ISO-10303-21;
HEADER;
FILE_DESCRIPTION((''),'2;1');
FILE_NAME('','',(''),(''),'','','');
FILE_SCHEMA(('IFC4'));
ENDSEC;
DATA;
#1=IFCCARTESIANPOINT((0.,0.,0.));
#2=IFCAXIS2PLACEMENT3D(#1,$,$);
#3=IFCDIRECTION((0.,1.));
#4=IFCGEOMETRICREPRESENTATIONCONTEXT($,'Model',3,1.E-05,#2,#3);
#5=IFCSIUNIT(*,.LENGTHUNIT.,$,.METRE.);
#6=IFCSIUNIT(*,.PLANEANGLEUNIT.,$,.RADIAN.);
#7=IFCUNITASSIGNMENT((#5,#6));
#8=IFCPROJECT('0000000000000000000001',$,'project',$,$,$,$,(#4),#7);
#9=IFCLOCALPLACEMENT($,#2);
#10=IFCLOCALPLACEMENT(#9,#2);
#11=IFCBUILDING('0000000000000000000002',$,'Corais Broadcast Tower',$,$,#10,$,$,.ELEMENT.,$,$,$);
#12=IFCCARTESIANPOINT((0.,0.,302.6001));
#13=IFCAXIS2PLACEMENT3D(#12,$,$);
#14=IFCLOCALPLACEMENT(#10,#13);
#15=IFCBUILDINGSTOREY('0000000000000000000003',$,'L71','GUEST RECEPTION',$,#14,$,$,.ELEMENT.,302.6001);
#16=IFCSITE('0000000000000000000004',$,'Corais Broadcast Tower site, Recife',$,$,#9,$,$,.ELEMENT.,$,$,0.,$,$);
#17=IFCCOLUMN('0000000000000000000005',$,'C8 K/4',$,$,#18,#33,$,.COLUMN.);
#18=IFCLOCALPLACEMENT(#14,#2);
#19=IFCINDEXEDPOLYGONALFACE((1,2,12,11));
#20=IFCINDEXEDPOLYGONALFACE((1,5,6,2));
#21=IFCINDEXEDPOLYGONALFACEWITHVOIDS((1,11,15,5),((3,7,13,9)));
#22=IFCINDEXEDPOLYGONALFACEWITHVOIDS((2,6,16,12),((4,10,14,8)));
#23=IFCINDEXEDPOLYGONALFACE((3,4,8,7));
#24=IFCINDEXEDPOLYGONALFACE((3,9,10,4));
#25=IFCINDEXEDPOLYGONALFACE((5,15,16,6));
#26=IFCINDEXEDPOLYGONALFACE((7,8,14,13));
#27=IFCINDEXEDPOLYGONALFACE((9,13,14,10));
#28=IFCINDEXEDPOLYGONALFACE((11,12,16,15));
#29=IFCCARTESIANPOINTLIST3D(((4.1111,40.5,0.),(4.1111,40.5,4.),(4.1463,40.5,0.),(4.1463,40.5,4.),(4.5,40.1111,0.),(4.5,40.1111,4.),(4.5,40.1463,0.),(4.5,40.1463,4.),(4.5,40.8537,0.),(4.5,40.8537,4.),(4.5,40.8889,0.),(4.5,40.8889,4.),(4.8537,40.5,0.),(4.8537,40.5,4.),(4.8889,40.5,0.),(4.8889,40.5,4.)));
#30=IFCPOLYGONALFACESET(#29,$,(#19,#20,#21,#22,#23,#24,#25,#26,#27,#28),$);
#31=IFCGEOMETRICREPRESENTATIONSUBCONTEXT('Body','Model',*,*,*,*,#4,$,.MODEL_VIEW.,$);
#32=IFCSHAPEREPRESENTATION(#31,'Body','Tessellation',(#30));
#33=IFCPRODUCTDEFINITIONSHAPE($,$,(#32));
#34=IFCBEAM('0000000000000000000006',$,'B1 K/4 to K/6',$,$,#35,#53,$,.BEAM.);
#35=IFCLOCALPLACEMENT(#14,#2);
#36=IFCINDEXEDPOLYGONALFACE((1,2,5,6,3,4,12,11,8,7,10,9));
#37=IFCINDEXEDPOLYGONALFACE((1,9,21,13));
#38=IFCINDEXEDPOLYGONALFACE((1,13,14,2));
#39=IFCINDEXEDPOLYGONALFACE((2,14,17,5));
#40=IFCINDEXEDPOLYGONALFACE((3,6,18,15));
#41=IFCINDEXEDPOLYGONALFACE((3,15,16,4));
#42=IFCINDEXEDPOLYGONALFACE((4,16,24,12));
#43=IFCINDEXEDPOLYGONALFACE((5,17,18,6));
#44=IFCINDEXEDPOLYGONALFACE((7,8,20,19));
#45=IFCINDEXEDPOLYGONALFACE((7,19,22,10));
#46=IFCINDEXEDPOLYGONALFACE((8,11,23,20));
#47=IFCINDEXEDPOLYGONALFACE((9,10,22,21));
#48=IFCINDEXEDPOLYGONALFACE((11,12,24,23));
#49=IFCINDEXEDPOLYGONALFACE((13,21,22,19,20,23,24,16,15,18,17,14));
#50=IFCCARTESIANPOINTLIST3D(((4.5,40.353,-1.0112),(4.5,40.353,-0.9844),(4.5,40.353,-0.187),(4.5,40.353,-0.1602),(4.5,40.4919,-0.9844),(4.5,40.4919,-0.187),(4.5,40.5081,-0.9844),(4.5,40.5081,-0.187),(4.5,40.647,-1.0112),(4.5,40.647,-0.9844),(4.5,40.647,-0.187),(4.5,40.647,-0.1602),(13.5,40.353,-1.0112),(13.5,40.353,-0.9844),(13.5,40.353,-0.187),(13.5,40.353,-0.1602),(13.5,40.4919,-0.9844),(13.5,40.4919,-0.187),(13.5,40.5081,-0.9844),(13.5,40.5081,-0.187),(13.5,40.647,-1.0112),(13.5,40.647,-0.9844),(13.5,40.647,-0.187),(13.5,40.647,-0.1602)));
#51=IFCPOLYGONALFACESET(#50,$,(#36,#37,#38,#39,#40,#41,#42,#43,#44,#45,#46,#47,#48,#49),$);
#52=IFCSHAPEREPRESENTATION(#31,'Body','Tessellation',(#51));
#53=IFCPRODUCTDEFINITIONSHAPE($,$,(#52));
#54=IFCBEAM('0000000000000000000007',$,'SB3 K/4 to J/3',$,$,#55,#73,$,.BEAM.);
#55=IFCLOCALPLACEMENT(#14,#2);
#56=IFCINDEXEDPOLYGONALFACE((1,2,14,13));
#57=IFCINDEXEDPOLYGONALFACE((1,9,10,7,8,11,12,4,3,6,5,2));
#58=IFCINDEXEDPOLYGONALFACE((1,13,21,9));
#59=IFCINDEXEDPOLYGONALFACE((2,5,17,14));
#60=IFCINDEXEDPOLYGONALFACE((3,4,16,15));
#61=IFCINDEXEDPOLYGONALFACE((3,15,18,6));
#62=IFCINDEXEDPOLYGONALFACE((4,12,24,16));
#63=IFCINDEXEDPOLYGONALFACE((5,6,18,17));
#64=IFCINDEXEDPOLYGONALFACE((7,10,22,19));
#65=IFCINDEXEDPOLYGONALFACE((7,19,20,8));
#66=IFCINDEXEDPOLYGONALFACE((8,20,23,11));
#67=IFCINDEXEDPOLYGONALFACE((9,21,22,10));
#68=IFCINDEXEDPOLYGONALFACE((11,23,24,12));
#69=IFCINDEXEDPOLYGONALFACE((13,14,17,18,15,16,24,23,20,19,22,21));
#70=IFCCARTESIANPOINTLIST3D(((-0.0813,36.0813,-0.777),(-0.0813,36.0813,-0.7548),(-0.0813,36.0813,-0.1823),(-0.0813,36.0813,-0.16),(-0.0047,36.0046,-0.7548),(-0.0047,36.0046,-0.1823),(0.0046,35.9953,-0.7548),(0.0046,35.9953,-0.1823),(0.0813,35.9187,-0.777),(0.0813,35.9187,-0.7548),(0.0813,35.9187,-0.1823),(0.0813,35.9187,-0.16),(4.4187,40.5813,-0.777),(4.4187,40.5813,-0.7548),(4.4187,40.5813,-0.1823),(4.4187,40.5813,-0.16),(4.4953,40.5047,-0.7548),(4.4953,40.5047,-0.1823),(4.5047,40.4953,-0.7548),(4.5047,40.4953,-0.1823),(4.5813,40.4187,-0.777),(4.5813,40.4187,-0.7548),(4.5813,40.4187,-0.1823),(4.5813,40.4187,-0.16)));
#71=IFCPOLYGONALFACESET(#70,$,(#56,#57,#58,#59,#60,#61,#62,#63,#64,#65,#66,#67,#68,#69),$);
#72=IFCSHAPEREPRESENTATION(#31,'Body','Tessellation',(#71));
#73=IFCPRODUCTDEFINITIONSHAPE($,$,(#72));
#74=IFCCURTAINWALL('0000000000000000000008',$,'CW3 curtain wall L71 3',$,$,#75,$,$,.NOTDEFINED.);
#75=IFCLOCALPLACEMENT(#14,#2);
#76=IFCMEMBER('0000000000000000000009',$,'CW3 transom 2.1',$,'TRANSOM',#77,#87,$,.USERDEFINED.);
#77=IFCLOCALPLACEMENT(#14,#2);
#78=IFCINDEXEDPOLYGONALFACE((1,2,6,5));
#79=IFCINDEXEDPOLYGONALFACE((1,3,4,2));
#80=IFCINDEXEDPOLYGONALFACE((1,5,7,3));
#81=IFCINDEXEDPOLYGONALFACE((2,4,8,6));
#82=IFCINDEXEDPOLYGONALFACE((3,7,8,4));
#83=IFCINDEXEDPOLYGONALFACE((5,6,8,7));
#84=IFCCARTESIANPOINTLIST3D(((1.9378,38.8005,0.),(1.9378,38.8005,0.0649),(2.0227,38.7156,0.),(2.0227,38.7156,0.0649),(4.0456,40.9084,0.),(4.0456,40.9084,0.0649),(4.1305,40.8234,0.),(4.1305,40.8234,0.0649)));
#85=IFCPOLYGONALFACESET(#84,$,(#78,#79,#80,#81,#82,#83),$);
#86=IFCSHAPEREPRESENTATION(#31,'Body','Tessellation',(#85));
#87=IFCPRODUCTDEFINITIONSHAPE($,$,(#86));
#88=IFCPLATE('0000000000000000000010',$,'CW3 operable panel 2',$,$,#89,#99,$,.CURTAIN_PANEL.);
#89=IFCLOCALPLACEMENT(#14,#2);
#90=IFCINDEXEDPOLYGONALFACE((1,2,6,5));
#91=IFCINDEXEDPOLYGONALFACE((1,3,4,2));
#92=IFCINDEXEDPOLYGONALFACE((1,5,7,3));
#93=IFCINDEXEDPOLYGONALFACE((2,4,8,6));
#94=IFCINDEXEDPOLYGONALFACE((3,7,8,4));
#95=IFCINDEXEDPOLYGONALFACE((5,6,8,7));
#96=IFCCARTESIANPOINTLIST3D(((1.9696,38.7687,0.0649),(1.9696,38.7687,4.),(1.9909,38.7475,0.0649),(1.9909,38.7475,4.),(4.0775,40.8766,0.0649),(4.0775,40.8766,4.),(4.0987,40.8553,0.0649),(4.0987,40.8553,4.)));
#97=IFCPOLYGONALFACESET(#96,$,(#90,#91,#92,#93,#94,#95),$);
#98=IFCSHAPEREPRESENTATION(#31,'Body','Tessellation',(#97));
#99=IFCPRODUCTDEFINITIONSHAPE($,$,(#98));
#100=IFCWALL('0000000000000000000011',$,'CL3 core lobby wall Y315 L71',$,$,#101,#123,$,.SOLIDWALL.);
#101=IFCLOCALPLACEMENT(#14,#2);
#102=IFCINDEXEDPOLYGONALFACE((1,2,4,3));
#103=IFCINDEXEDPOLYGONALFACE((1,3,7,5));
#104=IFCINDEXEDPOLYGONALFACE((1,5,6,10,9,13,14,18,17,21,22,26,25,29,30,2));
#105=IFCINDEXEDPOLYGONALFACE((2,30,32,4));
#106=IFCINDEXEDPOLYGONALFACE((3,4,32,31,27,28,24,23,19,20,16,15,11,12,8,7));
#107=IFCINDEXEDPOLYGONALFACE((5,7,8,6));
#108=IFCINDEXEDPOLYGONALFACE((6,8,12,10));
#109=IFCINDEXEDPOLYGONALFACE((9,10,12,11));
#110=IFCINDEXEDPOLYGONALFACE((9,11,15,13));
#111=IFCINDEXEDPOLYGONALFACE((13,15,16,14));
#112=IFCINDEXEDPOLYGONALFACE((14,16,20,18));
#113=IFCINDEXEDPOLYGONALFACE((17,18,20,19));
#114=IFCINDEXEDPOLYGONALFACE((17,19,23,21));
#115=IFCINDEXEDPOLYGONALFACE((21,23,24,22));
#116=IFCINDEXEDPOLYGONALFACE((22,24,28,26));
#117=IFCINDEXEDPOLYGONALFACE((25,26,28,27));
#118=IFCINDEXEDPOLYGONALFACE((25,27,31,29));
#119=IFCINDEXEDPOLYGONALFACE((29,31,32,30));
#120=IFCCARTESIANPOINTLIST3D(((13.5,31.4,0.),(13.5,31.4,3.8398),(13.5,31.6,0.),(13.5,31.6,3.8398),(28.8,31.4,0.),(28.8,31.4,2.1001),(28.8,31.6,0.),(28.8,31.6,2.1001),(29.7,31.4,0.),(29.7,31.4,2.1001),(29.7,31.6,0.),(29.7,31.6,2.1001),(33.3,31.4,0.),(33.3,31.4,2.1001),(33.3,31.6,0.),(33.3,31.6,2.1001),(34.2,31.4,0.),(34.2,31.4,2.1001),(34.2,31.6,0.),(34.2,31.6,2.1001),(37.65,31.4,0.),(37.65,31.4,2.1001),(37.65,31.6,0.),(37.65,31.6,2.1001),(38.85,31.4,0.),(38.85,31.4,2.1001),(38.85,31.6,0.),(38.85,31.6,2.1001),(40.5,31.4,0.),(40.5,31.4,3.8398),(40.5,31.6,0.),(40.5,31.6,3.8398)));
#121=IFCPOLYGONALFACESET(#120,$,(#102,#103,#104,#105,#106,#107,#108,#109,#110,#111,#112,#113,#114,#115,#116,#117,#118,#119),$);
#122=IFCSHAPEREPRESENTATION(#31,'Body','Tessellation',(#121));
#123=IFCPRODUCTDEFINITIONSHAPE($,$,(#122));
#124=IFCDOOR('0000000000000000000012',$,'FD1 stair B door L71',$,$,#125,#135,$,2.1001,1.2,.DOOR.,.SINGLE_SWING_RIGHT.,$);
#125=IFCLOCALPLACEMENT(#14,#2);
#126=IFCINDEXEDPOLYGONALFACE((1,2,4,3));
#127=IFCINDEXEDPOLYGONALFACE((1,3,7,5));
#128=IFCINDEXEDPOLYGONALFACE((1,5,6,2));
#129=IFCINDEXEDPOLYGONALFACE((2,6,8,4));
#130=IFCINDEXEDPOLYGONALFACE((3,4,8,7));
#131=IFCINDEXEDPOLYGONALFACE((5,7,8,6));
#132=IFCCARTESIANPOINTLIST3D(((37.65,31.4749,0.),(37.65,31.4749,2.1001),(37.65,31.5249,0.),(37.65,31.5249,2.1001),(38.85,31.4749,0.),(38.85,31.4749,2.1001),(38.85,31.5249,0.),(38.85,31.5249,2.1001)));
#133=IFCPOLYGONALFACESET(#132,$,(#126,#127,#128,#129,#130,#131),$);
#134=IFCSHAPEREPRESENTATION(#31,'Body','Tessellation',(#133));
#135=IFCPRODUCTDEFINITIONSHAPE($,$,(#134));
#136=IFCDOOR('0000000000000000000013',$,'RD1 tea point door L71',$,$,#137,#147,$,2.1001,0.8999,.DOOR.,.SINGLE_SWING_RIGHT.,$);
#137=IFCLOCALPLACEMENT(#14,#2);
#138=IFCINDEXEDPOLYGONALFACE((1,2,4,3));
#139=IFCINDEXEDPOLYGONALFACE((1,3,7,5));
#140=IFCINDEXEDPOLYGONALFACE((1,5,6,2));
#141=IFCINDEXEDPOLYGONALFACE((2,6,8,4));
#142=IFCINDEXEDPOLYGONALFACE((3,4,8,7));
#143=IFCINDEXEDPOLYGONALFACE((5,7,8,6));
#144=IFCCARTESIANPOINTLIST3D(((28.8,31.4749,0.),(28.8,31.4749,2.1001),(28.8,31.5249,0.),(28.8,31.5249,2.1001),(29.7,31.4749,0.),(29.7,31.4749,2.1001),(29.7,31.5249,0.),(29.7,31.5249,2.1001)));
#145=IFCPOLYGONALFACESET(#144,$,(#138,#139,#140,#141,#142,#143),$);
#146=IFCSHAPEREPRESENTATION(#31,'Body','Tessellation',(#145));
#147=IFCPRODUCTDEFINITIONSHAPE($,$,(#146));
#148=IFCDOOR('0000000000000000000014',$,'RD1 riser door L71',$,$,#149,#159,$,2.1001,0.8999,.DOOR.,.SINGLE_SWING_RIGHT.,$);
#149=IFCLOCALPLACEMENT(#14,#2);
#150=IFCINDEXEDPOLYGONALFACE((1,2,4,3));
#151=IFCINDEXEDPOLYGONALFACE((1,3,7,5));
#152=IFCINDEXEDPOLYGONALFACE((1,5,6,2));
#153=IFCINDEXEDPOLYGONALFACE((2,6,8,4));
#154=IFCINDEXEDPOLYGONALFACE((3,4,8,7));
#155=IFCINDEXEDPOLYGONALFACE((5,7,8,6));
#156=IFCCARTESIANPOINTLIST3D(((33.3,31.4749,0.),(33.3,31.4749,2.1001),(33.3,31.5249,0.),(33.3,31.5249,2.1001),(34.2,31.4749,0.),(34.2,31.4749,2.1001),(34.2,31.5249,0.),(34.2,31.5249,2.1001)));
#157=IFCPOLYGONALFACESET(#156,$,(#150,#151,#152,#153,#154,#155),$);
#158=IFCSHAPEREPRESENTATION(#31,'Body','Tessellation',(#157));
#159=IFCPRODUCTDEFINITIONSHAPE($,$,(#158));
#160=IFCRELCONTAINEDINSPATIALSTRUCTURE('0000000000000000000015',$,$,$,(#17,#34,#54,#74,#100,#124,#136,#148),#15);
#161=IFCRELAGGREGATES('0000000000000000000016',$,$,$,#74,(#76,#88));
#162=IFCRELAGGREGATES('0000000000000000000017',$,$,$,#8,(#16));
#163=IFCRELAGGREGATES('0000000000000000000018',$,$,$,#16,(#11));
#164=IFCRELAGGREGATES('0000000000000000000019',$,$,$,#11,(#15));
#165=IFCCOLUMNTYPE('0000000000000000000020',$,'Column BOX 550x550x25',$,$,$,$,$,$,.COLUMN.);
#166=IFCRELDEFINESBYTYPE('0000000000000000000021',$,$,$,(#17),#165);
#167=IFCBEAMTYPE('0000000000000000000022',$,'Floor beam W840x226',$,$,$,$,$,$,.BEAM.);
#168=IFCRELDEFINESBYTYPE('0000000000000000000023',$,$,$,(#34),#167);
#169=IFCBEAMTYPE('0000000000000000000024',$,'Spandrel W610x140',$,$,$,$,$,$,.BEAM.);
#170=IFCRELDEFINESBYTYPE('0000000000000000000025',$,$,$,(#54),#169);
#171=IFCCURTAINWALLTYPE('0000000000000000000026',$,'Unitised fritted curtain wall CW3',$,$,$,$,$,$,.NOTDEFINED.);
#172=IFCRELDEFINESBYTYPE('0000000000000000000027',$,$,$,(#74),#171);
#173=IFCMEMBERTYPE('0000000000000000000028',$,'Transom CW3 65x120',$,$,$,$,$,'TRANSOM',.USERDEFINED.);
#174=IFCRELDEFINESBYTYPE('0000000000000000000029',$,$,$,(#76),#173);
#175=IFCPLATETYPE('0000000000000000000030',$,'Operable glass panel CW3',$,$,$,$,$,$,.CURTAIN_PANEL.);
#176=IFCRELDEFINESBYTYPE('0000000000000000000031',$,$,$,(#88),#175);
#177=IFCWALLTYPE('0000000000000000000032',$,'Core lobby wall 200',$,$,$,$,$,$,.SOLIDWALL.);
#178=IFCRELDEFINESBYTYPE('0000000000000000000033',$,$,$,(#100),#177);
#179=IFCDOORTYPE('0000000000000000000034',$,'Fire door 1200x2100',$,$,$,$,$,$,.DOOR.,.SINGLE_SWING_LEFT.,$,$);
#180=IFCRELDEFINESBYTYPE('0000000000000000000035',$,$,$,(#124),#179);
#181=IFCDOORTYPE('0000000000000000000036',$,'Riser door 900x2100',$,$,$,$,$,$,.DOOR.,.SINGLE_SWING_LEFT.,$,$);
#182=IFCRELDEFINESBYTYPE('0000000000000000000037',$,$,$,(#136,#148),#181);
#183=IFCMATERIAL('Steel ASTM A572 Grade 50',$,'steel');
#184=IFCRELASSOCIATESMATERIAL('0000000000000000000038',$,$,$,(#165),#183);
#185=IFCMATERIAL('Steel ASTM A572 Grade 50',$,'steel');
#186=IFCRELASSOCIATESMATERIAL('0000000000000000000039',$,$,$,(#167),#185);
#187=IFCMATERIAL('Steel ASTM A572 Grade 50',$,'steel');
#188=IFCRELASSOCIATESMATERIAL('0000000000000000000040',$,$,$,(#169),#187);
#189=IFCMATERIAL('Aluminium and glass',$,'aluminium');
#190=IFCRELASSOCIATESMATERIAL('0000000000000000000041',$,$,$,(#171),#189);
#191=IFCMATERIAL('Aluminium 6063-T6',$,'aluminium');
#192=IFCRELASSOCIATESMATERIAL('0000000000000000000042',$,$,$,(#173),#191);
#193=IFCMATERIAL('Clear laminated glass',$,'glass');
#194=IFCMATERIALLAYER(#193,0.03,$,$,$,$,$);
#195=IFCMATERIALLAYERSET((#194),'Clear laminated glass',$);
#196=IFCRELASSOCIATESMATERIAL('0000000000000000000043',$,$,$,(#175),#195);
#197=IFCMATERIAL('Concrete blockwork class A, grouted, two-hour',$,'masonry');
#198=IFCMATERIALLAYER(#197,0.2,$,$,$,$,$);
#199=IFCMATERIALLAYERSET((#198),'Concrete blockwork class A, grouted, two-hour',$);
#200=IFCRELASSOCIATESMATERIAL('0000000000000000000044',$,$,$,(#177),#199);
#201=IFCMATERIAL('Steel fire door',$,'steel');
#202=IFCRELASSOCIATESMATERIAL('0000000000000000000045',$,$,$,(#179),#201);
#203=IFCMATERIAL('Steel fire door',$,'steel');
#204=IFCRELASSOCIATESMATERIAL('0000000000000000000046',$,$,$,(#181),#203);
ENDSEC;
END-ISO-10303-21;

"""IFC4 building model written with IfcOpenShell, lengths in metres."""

from ifc_helpers import new_model, si_unit, direction, frame, frame_2d, origin, origin_2d, place, context, subcontext, project, spatial, rectangle, hollow_rectangle, i_section, extrude, material, layer, layer_set, material_profile, profile_set, type_object, element, fill, aggregate, save


model = new_model("IFC4")

# Units and contexts
model_context = context("Model", 3, precision=1e-05, world=origin(), true_north=direction((0.0, 1.0)))
body_context = subcontext(model_context, "Body", "Model", "MODEL_VIEW")
ifc_project = project(units=[si_unit("LENGTHUNIT", "METRE"), si_unit("PLANEANGLEUNIT", "RADIAN")], contexts=[model_context])

# Site, building, storey
site_placement = place(None, origin())
site = spatial("IfcSite", under=ifc_project, at=site_placement, Name="Corais Broadcast Tower site, Recife", CompositionType="ELEMENT", RefElevation=0.0)
building_placement = place(site_placement, origin())
building = spatial("IfcBuilding", under=site, at=building_placement, Name="Corais Broadcast Tower", CompositionType="ELEMENT")
storey_placement = place(building_placement, frame((0.0, 0.0, 302.6001)))
storey = spatial("IfcBuildingStorey", under=building, at=storey_placement, Name="L71", Description="GUEST RECEPTION", CompositionType="ELEMENT", Elevation=302.6001)

# Column
ifc_material_1 = material(Name="Steel ASTM A572 Grade 50", Category="steel")
ifc_material_profile_1 = material_profile(ifc_material_1, hollow_rectangle(XDim=0.55, YDim=0.55, WallThickness=0.0249, at=origin_2d()), Name="BOX 550x550x25")
ifc_profile_set_1 = profile_set([ifc_material_profile_1], Name="Steel ASTM A572 Grade 50")
column_type = type_object("IfcColumnType", Name="Column BOX 550x550x25", PredefinedType="COLUMN", material=ifc_profile_set_1)
column_placement = place(storey_placement, frame((4.5, 40.5, 0.0), z_axis=(0.0, 0.0, 1.0), x_axis=(0.707107, 0.707107, 0.0)))
element("IfcColumn", 1, at=column_placement, inside=storey, type_object=column_type, Name="C8 K/4", PredefinedType="COLUMN", context=body_context, shape_type="SweptSolid", body=[
    extrude(hollow_rectangle(XDim=0.55, YDim=0.55, WallThickness=0.0249, at=origin_2d()), origin(), (0.0, 0.0, 1.0), 4.0),
])

# Beams
ifc_material_2 = material(Name="Steel ASTM A572 Grade 50", Category="steel")
ifc_material_profile_2 = material_profile(ifc_material_2, i_section(OverallWidth=0.2939, OverallDepth=0.8511, WebThickness=0.0161, FlangeThickness=0.0269, at=origin_2d()), Name="W840x226")
ifc_profile_set_2 = profile_set([ifc_material_profile_2], Name="Steel ASTM A572 Grade 50")
beam_type_1 = type_object("IfcBeamType", Name="Floor beam W840x226", PredefinedType="BEAM", material=ifc_profile_set_2)
beam_1_placement = place(storey_placement, frame((4.5, 40.5, -0.5857), z_axis=(1.0, 0.0, 0.0), x_axis=(0.0, 1.0, 0.0)))
element("IfcBeam", 2, at=beam_1_placement, inside=storey, type_object=beam_type_1, Name="B1 K/4 to K/6", PredefinedType="BEAM", context=body_context, shape_type="SweptSolid", body=[
    extrude(i_section(OverallWidth=0.2939, OverallDepth=0.8511, WebThickness=0.0161, FlangeThickness=0.0269, at=origin_2d()), origin(), (0.0, 0.0, 1.0), 9.0),
])
ifc_material_3 = material(Name="Steel ASTM A572 Grade 50", Category="steel")
ifc_material_profile_3 = material_profile(ifc_material_3, i_section(OverallWidth=0.23, OverallDepth=0.6169, WebThickness=0.0132, FlangeThickness=0.0222, at=origin_2d()), Name="W610x140")
ifc_profile_set_3 = profile_set([ifc_material_profile_3], Name="Steel ASTM A572 Grade 50")
beam_type_2 = type_object("IfcBeamType", Name="Spandrel W610x140", PredefinedType="BEAM", material=ifc_profile_set_3)
beam_2_placement = place(storey_placement, frame((4.5, 40.5, -0.4685), z_axis=(-0.707107, -0.707107, 0.0), x_axis=(0.707107, -0.707107, 0.0)))
element("IfcBeam", 3, at=beam_2_placement, inside=storey, type_object=beam_type_2, Name="SB3 K/4 to J/3", PredefinedType="BEAM", context=body_context, shape_type="SweptSolid", body=[
    extrude(i_section(OverallWidth=0.23, OverallDepth=0.6169, WebThickness=0.0132, FlangeThickness=0.0222, at=origin_2d()), origin(), (0.0, 0.0, 1.0), 6.364),
])

# Curtain wall, member, plate
ifc_material_4 = material(Name="Aluminium and glass", Category="aluminium")
curtain_wall_type = type_object("IfcCurtainWallType", Name="Unitised fritted curtain wall CW3", PredefinedType="NOTDEFINED", material=ifc_material_4)
curtain_wall_placement = place(storey_placement, origin())
curtain_wall = element("IfcCurtainWall", 4, at=curtain_wall_placement, inside=storey, type_object=curtain_wall_type, Name="CW3 curtain wall L71 3", PredefinedType="NOTDEFINED")
ifc_material_5 = material(Name="Aluminium 6063-T6", Category="aluminium")
ifc_material_profile_4 = material_profile(ifc_material_5, rectangle(XDim=0.1201, YDim=0.0649, at=origin_2d()), Name="Transom CW3 65x120")
ifc_profile_set_4 = profile_set([ifc_material_profile_4], Name="Aluminium 6063-T6")
member_type = type_object("IfcMemberType", Name="Transom CW3 65x120", ElementType="TRANSOM", PredefinedType="USERDEFINED", material=ifc_profile_set_4)
member_placement = place(storey_placement, frame((1.9802, 38.7581, 0.0325), z_axis=(0.707107, 0.707107, 0.0), x_axis=(-0.707107, 0.707107, 0.0)))
member = element("IfcMember", 5, at=member_placement, type_object=member_type, Name="CW3 transom 2.1", ObjectType="TRANSOM", PredefinedType="USERDEFINED", context=body_context, shape_type="SweptSolid", body=[
    extrude(rectangle(XDim=0.1201, YDim=0.0649, at=origin_2d()), origin(), (0.0, 0.0, 1.0), 2.981),
])
ifc_material_6 = material(Name="Clear laminated glass", Category="glass")
ifc_layer_1 = layer(ifc_material_6, 0.03)
ifc_layer_set_1 = layer_set([ifc_layer_1], Name="Clear laminated glass")
plate_type = type_object("IfcPlateType", Name="Operable glass panel CW3", PredefinedType="CURTAIN_PANEL", material=ifc_layer_set_1)
plate_placement = place(storey_placement, frame((3.0342, 39.812, 0.0649), z_axis=(0.0, 0.0, 1.0), x_axis=(0.707107, 0.707107, 0.0)))
plate = element("IfcPlate", 6, at=plate_placement, type_object=plate_type, Name="CW3 operable panel 2", PredefinedType="CURTAIN_PANEL", context=body_context, shape_type="SweptSolid", body=[
    extrude(rectangle(XDim=2.981, YDim=0.03, at=origin_2d()), origin(), (0.0, 0.0, 1.0), 3.9351),
])
aggregate(curtain_wall, [member, plate])

# Wall, openings, doors
ifc_material_7 = material(Name="Concrete blockwork class A, grouted, two-hour", Category="masonry")
ifc_layer_2 = layer(ifc_material_7, 0.2)
ifc_layer_set_2 = layer_set([ifc_layer_2], Name="Concrete blockwork class A, grouted, two-hour")
wall_type_1 = type_object("IfcWallType", Name="Core lobby wall 200", PredefinedType="SOLIDWALL", material=ifc_layer_set_2)
wall_1_placement = place(storey_placement, frame((13.5, 31.5, 0.0), z_axis=(0.0, 0.0, 1.0), x_axis=(1.0, 0.0, 0.0)))
wall_1 = element("IfcWall", 7, at=wall_1_placement, inside=storey, type_object=wall_type_1, Name="CL3 core lobby wall Y315 L71", PredefinedType="SOLIDWALL", context=body_context, shape_type="SweptSolid", body=[
    extrude(rectangle(XDim=27.0, YDim=0.2, at=frame_2d((13.5, 0.0))), origin(), (0.0, 0.0, 1.0), 3.8398),
])
opening_1_placement = place(wall_1_placement, frame((24.1499, 0.0, 0.0)))
opening_1 = element("IfcOpeningElement", 8, at=opening_1_placement, cuts=wall_1, PredefinedType="OPENING", context=body_context, shape_type="SweptSolid", body=[
    extrude(rectangle(XDim=1.2, YDim=2.1001, at=frame_2d((0.6001, 1.05))), frame((0.0, 0.1099, 0.0), z_axis=(0.0, -1.0, 0.0), x_axis=(1.0, 0.0, 0.0)), (0.0, 0.0, 1.0), 0.22),
])
opening_2_placement = place(wall_1_placement, frame((15.3, 0.0, 0.0)))
opening_2 = element("IfcOpeningElement", 9, at=opening_2_placement, cuts=wall_1, PredefinedType="OPENING", context=body_context, shape_type="SweptSolid", body=[
    extrude(rectangle(XDim=0.8999, YDim=2.1001, at=frame_2d((0.45, 1.05))), frame((0.0, 0.1099, 0.0), z_axis=(0.0, -1.0, 0.0), x_axis=(1.0, 0.0, 0.0)), (0.0, 0.0, 1.0), 0.22),
])
opening_3_placement = place(wall_1_placement, frame((19.8, 0.0, 0.0)))
opening_3 = element("IfcOpeningElement", 10, at=opening_3_placement, cuts=wall_1, PredefinedType="OPENING", context=body_context, shape_type="SweptSolid", body=[
    extrude(rectangle(XDim=0.8999, YDim=2.1001, at=frame_2d((0.45, 1.05))), frame((0.0, 0.1099, 0.0), z_axis=(0.0, -1.0, 0.0), x_axis=(1.0, 0.0, 0.0)), (0.0, 0.0, 1.0), 0.22),
])
ifc_material_8 = material(Name="Steel fire door", Category="steel")
door_type_1 = type_object("IfcDoorType", Name="Fire door 1200x2100", OperationType="SINGLE_SWING_LEFT", PredefinedType="DOOR", material=ifc_material_8)
door_1_placement = place(opening_1_placement, origin())
door_1 = element("IfcDoor", 11, at=door_1_placement, inside=storey, type_object=door_type_1, Name="FD1 stair B door L71", OperationType="SINGLE_SWING_RIGHT", OverallHeight=2.1001, OverallWidth=1.2, PredefinedType="DOOR", context=body_context, shape_type="SweptSolid", body=[
    extrude(rectangle(XDim=1.2, YDim=2.1001, at=frame_2d((0.6001, 1.05))), frame((0.0, 0.0249, 0.0), z_axis=(0.0, -1.0, 0.0), x_axis=(1.0, 0.0, 0.0)), (0.0, 0.0, 1.0), 0.05),
])
fill(opening_1, door_1)
ifc_material_9 = material(Name="Steel fire door", Category="steel")
door_type_2 = type_object("IfcDoorType", Name="Riser door 900x2100", OperationType="SINGLE_SWING_LEFT", PredefinedType="DOOR", material=ifc_material_9)
door_2_placement = place(opening_2_placement, origin())
door_2 = element("IfcDoor", 12, at=door_2_placement, inside=storey, type_object=door_type_2, Name="RD1 tea point door L71", OperationType="SINGLE_SWING_RIGHT", OverallHeight=2.1001, OverallWidth=0.8999, PredefinedType="DOOR", context=body_context, shape_type="SweptSolid", body=[
    extrude(rectangle(XDim=0.8999, YDim=2.1001, at=frame_2d((0.45, 1.05))), frame((0.0, 0.0249, 0.0), z_axis=(0.0, -1.0, 0.0), x_axis=(1.0, 0.0, 0.0)), (0.0, 0.0, 1.0), 0.05),
])
fill(opening_2, door_2)
door_3_placement = place(opening_3_placement, origin())
door_3 = element("IfcDoor", 13, at=door_3_placement, inside=storey, type_object=door_type_2, Name="RD1 riser door L71", OperationType="SINGLE_SWING_RIGHT", OverallHeight=2.1001, OverallWidth=0.8999, PredefinedType="DOOR", context=body_context, shape_type="SweptSolid", body=[
    extrude(rectangle(XDim=0.8999, YDim=2.1001, at=frame_2d((0.45, 1.05))), frame((0.0, 0.0249, 0.0), z_axis=(0.0, -1.0, 0.0), x_axis=(1.0, 0.0, 0.0)), (0.0, 0.0, 1.0), 0.05),
])
fill(opening_3, door_3)

save(model, "model.ifc")
